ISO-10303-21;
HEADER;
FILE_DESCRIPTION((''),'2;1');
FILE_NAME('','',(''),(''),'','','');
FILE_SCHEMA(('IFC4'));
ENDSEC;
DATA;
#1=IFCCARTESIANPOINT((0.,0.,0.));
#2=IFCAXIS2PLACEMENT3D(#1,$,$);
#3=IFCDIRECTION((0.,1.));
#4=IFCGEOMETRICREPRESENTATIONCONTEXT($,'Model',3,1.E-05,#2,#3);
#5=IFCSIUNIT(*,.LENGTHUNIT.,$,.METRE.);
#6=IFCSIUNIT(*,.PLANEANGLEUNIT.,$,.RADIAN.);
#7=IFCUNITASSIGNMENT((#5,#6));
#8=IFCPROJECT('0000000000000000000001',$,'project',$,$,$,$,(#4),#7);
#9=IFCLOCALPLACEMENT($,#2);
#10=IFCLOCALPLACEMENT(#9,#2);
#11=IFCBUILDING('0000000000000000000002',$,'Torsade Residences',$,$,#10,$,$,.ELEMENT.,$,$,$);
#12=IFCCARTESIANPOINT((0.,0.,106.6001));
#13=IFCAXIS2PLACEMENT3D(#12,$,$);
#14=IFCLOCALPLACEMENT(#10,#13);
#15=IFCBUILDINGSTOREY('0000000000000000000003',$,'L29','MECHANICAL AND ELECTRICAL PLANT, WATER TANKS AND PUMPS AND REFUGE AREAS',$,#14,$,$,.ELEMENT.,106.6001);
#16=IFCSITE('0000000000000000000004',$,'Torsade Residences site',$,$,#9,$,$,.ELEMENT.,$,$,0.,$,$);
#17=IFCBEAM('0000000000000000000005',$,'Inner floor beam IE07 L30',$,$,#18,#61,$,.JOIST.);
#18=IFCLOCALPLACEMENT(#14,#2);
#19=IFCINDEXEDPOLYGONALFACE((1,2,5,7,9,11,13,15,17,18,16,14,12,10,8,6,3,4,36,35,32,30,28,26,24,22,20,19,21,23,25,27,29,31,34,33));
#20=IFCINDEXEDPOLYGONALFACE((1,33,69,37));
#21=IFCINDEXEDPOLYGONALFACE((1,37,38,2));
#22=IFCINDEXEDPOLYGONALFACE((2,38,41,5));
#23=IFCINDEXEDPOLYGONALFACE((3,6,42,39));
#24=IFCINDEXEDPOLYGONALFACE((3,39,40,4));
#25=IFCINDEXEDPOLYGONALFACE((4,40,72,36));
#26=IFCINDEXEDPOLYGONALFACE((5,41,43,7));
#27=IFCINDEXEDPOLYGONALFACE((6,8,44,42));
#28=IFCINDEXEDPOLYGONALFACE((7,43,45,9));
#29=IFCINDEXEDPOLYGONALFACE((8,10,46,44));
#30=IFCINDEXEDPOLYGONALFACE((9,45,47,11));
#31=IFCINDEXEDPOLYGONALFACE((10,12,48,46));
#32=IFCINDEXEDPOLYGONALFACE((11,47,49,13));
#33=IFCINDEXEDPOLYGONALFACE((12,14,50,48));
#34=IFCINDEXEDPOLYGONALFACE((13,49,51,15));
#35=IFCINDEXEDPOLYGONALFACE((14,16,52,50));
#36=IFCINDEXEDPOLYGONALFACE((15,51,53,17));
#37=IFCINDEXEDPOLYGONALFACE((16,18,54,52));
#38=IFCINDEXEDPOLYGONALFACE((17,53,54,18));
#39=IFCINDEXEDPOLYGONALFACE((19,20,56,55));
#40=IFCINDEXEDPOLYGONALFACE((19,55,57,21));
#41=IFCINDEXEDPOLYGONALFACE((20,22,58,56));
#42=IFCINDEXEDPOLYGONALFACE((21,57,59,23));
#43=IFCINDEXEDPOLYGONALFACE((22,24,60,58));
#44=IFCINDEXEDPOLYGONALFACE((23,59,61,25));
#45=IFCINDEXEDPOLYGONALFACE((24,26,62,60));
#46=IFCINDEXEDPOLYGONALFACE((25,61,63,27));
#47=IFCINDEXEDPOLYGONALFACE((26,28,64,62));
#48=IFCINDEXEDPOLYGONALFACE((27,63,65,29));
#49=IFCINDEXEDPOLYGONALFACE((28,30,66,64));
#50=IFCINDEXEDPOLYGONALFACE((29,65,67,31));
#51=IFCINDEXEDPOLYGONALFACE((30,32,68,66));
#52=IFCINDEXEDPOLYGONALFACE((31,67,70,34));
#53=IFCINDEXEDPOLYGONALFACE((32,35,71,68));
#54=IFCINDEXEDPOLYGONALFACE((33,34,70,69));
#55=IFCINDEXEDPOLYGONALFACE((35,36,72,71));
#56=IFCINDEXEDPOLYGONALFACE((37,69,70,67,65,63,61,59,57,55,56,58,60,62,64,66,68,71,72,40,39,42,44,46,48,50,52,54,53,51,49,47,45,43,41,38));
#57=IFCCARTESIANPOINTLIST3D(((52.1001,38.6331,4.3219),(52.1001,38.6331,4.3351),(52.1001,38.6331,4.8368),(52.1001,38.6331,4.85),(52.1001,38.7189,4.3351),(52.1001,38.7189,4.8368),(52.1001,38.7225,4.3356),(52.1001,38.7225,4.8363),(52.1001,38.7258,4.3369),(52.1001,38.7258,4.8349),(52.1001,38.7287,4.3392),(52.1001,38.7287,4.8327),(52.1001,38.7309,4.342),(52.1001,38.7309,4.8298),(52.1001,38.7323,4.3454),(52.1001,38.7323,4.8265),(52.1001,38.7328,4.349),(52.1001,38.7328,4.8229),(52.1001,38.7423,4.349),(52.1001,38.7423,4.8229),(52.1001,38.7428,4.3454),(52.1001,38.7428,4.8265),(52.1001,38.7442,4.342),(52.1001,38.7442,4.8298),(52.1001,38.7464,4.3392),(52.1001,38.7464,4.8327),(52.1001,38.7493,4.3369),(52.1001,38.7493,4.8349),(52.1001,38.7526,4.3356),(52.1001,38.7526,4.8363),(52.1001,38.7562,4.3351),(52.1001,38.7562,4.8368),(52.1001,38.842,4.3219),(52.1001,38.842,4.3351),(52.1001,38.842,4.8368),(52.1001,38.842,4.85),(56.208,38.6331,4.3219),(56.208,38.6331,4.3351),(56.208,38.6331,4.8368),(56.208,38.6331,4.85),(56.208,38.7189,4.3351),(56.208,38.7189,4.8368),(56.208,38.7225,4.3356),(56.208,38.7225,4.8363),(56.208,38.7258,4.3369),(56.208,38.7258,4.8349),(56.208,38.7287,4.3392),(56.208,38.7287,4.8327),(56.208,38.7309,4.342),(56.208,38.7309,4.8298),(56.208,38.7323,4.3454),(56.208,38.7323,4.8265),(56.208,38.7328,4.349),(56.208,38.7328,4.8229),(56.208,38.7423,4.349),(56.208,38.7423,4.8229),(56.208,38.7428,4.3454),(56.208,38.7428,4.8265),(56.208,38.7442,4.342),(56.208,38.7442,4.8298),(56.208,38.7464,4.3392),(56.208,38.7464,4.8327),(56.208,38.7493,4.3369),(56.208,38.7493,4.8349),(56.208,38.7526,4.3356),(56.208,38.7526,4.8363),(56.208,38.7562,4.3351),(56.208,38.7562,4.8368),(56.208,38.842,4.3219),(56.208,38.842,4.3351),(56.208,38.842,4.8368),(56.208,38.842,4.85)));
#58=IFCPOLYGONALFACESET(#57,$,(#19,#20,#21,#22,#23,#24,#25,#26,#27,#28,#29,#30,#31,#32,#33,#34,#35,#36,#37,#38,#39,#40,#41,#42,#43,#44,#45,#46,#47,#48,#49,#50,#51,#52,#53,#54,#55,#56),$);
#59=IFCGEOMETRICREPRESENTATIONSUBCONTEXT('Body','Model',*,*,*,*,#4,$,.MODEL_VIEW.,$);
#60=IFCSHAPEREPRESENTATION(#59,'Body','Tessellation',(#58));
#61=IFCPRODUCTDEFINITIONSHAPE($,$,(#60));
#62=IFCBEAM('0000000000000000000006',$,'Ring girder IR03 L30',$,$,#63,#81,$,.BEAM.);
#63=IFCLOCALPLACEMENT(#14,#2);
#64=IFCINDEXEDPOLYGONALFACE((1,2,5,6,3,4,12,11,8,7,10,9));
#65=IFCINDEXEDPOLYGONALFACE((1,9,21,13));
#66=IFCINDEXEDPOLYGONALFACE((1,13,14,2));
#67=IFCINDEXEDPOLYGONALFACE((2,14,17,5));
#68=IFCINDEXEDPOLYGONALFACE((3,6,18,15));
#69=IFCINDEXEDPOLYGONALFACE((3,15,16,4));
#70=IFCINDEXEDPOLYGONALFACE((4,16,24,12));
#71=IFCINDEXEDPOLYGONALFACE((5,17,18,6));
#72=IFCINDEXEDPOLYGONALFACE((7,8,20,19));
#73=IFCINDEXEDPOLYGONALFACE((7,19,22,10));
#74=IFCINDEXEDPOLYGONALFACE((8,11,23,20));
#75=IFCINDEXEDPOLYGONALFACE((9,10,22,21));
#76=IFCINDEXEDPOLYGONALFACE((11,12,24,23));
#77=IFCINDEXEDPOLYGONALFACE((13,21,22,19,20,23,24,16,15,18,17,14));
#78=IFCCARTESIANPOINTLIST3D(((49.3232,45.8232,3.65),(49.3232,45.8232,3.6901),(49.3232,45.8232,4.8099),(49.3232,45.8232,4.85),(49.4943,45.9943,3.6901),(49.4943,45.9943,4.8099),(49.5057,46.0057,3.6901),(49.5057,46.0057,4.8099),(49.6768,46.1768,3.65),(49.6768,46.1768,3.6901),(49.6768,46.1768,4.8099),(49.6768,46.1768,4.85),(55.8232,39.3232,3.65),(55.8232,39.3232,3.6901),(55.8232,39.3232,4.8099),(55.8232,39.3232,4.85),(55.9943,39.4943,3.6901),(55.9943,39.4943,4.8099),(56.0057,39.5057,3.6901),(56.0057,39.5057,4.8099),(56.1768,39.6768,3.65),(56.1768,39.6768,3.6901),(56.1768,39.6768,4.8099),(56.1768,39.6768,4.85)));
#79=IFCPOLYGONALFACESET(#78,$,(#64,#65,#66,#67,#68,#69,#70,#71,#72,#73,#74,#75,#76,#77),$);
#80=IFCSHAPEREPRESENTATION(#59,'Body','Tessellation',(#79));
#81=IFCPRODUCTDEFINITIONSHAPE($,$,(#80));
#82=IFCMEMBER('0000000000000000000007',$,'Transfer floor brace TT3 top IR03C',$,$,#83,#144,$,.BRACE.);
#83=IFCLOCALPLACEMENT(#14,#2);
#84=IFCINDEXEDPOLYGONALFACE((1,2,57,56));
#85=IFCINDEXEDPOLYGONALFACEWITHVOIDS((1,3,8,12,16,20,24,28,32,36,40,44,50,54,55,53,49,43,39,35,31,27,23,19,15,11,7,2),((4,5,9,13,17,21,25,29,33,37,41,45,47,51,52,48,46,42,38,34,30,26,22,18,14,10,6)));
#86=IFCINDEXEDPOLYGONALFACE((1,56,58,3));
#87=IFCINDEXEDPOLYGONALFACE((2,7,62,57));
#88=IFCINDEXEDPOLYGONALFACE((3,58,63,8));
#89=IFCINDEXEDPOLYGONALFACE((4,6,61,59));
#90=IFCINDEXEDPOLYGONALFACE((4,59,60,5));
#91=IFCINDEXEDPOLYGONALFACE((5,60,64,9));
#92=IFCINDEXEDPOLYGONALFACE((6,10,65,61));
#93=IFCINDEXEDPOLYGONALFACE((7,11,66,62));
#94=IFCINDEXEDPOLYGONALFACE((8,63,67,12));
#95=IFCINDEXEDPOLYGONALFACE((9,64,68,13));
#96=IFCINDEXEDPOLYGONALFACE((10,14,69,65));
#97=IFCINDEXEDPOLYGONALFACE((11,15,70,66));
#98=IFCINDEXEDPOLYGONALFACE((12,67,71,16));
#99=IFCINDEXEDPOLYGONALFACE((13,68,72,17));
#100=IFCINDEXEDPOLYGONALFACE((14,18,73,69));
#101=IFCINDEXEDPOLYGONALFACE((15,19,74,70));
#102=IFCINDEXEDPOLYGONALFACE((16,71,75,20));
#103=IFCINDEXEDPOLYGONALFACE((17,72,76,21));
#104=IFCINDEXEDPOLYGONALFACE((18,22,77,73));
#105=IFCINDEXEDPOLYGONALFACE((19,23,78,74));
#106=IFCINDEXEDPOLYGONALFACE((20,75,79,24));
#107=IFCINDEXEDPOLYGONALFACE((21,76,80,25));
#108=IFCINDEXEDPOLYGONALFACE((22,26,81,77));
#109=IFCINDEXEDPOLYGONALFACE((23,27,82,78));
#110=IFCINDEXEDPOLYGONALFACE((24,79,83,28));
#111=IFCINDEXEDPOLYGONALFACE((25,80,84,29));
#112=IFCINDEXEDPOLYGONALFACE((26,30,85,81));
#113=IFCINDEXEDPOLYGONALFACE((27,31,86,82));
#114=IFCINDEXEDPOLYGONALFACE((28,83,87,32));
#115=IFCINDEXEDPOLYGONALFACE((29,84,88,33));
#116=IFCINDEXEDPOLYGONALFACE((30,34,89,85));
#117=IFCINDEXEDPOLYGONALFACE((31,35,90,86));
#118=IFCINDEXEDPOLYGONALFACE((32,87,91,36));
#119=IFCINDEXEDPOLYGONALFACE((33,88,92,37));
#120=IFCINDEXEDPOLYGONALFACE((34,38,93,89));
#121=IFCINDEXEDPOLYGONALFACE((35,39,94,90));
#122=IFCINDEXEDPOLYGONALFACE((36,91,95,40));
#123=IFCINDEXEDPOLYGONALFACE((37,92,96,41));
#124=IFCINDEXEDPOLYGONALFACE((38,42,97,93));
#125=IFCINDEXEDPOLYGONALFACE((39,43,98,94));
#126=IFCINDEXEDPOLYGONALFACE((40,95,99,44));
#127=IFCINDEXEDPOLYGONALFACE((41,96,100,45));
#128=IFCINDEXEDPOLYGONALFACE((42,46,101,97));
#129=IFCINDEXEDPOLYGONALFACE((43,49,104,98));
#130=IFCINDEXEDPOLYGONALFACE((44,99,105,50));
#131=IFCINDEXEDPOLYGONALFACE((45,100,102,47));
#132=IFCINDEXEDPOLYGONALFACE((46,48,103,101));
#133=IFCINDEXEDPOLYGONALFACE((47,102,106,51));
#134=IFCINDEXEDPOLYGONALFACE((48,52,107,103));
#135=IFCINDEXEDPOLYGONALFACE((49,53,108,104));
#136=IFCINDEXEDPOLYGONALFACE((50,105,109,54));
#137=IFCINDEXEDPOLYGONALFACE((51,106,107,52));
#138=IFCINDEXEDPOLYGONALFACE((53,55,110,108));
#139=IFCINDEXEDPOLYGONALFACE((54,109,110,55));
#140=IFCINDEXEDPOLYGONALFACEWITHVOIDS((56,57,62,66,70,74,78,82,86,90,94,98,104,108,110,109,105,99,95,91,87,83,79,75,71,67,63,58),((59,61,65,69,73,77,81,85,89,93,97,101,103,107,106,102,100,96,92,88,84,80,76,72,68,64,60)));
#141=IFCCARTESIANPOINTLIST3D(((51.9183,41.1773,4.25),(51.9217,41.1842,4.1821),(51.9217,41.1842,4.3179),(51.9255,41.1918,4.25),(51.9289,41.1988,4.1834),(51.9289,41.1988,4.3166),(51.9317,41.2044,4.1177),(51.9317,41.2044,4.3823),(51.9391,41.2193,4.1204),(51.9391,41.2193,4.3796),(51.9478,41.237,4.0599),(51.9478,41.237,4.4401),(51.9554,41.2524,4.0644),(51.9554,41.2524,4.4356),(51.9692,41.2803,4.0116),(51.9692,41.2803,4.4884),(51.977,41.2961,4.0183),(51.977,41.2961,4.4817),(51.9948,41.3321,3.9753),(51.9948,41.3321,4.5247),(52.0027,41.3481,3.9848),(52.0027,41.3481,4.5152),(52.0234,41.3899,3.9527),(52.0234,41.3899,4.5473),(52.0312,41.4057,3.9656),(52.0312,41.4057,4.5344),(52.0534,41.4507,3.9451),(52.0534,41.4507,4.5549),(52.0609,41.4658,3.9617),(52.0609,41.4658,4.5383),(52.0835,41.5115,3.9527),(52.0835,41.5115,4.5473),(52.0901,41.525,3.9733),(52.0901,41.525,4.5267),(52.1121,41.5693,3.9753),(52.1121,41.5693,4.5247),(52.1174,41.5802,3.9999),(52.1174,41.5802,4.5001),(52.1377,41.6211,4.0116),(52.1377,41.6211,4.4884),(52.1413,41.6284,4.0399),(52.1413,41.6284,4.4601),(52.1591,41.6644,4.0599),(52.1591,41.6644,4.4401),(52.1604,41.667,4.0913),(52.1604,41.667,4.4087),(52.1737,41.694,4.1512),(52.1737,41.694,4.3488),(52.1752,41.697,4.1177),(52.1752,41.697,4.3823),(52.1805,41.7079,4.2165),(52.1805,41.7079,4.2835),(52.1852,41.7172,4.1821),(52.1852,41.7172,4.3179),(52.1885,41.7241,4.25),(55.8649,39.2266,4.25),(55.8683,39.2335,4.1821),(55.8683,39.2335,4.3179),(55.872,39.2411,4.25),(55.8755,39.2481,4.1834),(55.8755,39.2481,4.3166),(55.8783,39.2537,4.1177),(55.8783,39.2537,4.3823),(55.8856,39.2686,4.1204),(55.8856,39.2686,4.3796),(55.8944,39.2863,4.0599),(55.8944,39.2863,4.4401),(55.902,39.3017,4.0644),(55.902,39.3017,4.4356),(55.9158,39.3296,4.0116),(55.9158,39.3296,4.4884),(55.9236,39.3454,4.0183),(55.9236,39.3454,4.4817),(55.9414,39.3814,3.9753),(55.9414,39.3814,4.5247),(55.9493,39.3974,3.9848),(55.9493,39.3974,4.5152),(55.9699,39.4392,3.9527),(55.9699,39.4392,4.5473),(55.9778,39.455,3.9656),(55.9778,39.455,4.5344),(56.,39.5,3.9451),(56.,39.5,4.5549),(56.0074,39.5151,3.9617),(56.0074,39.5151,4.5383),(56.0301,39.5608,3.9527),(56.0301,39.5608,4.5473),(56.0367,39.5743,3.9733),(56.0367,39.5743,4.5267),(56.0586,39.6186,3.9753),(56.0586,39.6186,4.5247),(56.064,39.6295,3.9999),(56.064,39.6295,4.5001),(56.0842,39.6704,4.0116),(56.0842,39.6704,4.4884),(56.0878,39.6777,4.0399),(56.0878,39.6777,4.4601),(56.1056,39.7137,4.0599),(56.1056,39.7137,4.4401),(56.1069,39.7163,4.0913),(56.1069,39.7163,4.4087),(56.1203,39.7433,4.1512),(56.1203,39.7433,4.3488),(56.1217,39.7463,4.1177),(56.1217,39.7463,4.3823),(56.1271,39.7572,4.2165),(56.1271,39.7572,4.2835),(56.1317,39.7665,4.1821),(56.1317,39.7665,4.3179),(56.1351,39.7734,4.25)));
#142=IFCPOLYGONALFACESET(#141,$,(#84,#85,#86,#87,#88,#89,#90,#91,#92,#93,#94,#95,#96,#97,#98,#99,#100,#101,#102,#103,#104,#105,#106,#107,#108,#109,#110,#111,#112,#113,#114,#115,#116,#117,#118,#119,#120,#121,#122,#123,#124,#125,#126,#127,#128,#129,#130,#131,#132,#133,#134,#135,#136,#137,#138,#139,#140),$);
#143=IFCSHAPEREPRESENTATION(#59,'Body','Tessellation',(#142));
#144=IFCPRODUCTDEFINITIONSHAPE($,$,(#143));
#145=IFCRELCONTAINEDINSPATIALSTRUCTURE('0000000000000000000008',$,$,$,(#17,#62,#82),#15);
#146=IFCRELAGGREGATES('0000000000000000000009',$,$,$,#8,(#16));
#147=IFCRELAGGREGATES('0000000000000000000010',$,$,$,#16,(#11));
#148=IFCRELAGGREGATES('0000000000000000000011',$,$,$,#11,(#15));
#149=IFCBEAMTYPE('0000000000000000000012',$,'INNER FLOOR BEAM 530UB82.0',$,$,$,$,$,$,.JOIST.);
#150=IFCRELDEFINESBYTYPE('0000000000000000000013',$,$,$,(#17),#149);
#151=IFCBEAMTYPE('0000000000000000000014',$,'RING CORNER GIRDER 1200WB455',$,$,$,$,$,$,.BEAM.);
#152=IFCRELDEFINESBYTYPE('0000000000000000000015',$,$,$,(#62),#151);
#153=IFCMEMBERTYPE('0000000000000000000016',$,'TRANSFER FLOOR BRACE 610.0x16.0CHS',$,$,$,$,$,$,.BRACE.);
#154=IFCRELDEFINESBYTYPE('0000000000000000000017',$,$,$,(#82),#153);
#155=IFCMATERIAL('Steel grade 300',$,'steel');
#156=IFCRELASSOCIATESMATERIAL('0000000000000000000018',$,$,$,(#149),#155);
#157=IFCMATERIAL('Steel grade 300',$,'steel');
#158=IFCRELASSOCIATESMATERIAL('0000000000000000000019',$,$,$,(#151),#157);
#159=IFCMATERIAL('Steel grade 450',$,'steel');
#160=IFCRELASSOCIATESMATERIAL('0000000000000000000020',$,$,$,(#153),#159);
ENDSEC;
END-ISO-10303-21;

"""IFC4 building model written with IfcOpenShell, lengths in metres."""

from ifc_helpers import new_model, si_unit, direction, frame, origin, origin_2d, place, context, subcontext, project, spatial, hollow_circle, i_section, extrude, material, material_profile, profile_set, type_object, element, save


model = new_model("IFC4")

# Units and contexts
model_context = context("Model", 3, precision=1e-05, world=origin(), true_north=direction((0.0, 1.0)))
body_context = subcontext(model_context, "Body", "Model", "MODEL_VIEW")
ifc_project = project(units=[si_unit("LENGTHUNIT", "METRE"), si_unit("PLANEANGLEUNIT", "RADIAN")], contexts=[model_context])

# Site, building, storey
site_placement = place(None, origin())
site = spatial("IfcSite", under=ifc_project, at=site_placement, Name="Torsade Residences site", CompositionType="ELEMENT", RefElevation=0.0)
building_placement = place(site_placement, origin())
building = spatial("IfcBuilding", under=site, at=building_placement, Name="Torsade Residences", CompositionType="ELEMENT")
storey_placement = place(building_placement, frame((0.0, 0.0, 106.6001)))
storey = spatial("IfcBuildingStorey", under=building, at=storey_placement, Name="L29", Description="MECHANICAL AND ELECTRICAL PLANT, WATER TANKS AND PUMPS AND REFUGE AREAS", CompositionType="ELEMENT", Elevation=106.6001)

# Beams
ifc_material_1 = material(Name="Steel grade 300", Category="steel")
ifc_material_profile_1 = material_profile(ifc_material_1, i_section(OverallWidth=0.209, OverallDepth=0.5281, WebThickness=0.0095, FlangeThickness=0.0132, FilletRadius=0.0139, at=origin_2d()), Name="530UB82.0")
ifc_profile_set_1 = profile_set([ifc_material_profile_1], Name="Steel grade 300")
beam_type_1 = type_object("IfcBeamType", Name="INNER FLOOR BEAM 530UB82.0", PredefinedType="JOIST", material=ifc_profile_set_1)
beam_1_placement = place(storey_placement, frame((52.1001, 38.7375, 4.5859), z_axis=(1.0, 0.0, 0.0), x_axis=(0.0, 1.0, 0.0)))
element("IfcBeam", 1, at=beam_1_placement, inside=storey, type_object=beam_type_1, Name="Inner floor beam IE07 L30", PredefinedType="JOIST", context=body_context, shape_type="SweptSolid", body=[
    extrude(i_section(OverallWidth=0.209, OverallDepth=0.5281, WebThickness=0.0095, FlangeThickness=0.0132, FilletRadius=0.0139, at=origin_2d()), origin(), (0.0, 0.0, 1.0), 4.1079),
])
ifc_material_2 = material(Name="Steel grade 300", Category="steel")
ifc_material_profile_2 = material_profile(ifc_material_2, i_section(OverallWidth=0.5, OverallDepth=1.2, WebThickness=0.0161, FlangeThickness=0.04, at=origin_2d()), Name="1200WB455")
ifc_profile_set_2 = profile_set([ifc_material_profile_2], Name="Steel grade 300")
beam_type_2 = type_object("IfcBeamType", Name="RING CORNER GIRDER 1200WB455", PredefinedType="BEAM", material=ifc_profile_set_2)
beam_2_placement = place(storey_placement, frame((56.0, 39.5, 4.25), z_axis=(-0.707107, 0.707107, 0.0), x_axis=(-0.707107, -0.707107, 0.0)))
element("IfcBeam", 2, at=beam_2_placement, inside=storey, type_object=beam_type_2, Name="Ring girder IR03 L30", PredefinedType="BEAM", context=body_context, shape_type="SweptSolid", body=[
    extrude(i_section(OverallWidth=0.5, OverallDepth=1.2, WebThickness=0.0161, FlangeThickness=0.04, at=origin_2d()), origin(), (0.0, 0.0, 1.0), 9.1924),
])

# Member
ifc_material_3 = material(Name="Steel grade 450", Category="steel")
ifc_material_profile_3 = material_profile(ifc_material_3, hollow_circle(Radius=0.3049, WallThickness=0.0161, at=origin_2d()), Name="610.0x16.0CHS")
ifc_profile_set_3 = profile_set([ifc_material_profile_3], Name="Steel grade 450")
member_type = type_object("IfcMemberType", Name="TRANSFER FLOOR BRACE 610.0x16.0CHS", PredefinedType="BRACE", material=ifc_profile_set_3)
member_placement = place(storey_placement, frame((56.0, 39.5, 4.25), z_axis=(-0.89647, 0.443105, 0.0), x_axis=(-0.443105, -0.89647, 0.0)))
element("IfcMember", 3, at=member_placement, inside=storey, type_object=member_type, Name="Transfer floor brace TT3 top IR03C", PredefinedType="BRACE", context=body_context, shape_type="SweptSolid", body=[
    extrude(hollow_circle(Radius=0.3049, WallThickness=0.0161, at=origin_2d()), origin(), (0.0, 0.0, 1.0), 4.4023),
])

save(model, "model.ifc")
